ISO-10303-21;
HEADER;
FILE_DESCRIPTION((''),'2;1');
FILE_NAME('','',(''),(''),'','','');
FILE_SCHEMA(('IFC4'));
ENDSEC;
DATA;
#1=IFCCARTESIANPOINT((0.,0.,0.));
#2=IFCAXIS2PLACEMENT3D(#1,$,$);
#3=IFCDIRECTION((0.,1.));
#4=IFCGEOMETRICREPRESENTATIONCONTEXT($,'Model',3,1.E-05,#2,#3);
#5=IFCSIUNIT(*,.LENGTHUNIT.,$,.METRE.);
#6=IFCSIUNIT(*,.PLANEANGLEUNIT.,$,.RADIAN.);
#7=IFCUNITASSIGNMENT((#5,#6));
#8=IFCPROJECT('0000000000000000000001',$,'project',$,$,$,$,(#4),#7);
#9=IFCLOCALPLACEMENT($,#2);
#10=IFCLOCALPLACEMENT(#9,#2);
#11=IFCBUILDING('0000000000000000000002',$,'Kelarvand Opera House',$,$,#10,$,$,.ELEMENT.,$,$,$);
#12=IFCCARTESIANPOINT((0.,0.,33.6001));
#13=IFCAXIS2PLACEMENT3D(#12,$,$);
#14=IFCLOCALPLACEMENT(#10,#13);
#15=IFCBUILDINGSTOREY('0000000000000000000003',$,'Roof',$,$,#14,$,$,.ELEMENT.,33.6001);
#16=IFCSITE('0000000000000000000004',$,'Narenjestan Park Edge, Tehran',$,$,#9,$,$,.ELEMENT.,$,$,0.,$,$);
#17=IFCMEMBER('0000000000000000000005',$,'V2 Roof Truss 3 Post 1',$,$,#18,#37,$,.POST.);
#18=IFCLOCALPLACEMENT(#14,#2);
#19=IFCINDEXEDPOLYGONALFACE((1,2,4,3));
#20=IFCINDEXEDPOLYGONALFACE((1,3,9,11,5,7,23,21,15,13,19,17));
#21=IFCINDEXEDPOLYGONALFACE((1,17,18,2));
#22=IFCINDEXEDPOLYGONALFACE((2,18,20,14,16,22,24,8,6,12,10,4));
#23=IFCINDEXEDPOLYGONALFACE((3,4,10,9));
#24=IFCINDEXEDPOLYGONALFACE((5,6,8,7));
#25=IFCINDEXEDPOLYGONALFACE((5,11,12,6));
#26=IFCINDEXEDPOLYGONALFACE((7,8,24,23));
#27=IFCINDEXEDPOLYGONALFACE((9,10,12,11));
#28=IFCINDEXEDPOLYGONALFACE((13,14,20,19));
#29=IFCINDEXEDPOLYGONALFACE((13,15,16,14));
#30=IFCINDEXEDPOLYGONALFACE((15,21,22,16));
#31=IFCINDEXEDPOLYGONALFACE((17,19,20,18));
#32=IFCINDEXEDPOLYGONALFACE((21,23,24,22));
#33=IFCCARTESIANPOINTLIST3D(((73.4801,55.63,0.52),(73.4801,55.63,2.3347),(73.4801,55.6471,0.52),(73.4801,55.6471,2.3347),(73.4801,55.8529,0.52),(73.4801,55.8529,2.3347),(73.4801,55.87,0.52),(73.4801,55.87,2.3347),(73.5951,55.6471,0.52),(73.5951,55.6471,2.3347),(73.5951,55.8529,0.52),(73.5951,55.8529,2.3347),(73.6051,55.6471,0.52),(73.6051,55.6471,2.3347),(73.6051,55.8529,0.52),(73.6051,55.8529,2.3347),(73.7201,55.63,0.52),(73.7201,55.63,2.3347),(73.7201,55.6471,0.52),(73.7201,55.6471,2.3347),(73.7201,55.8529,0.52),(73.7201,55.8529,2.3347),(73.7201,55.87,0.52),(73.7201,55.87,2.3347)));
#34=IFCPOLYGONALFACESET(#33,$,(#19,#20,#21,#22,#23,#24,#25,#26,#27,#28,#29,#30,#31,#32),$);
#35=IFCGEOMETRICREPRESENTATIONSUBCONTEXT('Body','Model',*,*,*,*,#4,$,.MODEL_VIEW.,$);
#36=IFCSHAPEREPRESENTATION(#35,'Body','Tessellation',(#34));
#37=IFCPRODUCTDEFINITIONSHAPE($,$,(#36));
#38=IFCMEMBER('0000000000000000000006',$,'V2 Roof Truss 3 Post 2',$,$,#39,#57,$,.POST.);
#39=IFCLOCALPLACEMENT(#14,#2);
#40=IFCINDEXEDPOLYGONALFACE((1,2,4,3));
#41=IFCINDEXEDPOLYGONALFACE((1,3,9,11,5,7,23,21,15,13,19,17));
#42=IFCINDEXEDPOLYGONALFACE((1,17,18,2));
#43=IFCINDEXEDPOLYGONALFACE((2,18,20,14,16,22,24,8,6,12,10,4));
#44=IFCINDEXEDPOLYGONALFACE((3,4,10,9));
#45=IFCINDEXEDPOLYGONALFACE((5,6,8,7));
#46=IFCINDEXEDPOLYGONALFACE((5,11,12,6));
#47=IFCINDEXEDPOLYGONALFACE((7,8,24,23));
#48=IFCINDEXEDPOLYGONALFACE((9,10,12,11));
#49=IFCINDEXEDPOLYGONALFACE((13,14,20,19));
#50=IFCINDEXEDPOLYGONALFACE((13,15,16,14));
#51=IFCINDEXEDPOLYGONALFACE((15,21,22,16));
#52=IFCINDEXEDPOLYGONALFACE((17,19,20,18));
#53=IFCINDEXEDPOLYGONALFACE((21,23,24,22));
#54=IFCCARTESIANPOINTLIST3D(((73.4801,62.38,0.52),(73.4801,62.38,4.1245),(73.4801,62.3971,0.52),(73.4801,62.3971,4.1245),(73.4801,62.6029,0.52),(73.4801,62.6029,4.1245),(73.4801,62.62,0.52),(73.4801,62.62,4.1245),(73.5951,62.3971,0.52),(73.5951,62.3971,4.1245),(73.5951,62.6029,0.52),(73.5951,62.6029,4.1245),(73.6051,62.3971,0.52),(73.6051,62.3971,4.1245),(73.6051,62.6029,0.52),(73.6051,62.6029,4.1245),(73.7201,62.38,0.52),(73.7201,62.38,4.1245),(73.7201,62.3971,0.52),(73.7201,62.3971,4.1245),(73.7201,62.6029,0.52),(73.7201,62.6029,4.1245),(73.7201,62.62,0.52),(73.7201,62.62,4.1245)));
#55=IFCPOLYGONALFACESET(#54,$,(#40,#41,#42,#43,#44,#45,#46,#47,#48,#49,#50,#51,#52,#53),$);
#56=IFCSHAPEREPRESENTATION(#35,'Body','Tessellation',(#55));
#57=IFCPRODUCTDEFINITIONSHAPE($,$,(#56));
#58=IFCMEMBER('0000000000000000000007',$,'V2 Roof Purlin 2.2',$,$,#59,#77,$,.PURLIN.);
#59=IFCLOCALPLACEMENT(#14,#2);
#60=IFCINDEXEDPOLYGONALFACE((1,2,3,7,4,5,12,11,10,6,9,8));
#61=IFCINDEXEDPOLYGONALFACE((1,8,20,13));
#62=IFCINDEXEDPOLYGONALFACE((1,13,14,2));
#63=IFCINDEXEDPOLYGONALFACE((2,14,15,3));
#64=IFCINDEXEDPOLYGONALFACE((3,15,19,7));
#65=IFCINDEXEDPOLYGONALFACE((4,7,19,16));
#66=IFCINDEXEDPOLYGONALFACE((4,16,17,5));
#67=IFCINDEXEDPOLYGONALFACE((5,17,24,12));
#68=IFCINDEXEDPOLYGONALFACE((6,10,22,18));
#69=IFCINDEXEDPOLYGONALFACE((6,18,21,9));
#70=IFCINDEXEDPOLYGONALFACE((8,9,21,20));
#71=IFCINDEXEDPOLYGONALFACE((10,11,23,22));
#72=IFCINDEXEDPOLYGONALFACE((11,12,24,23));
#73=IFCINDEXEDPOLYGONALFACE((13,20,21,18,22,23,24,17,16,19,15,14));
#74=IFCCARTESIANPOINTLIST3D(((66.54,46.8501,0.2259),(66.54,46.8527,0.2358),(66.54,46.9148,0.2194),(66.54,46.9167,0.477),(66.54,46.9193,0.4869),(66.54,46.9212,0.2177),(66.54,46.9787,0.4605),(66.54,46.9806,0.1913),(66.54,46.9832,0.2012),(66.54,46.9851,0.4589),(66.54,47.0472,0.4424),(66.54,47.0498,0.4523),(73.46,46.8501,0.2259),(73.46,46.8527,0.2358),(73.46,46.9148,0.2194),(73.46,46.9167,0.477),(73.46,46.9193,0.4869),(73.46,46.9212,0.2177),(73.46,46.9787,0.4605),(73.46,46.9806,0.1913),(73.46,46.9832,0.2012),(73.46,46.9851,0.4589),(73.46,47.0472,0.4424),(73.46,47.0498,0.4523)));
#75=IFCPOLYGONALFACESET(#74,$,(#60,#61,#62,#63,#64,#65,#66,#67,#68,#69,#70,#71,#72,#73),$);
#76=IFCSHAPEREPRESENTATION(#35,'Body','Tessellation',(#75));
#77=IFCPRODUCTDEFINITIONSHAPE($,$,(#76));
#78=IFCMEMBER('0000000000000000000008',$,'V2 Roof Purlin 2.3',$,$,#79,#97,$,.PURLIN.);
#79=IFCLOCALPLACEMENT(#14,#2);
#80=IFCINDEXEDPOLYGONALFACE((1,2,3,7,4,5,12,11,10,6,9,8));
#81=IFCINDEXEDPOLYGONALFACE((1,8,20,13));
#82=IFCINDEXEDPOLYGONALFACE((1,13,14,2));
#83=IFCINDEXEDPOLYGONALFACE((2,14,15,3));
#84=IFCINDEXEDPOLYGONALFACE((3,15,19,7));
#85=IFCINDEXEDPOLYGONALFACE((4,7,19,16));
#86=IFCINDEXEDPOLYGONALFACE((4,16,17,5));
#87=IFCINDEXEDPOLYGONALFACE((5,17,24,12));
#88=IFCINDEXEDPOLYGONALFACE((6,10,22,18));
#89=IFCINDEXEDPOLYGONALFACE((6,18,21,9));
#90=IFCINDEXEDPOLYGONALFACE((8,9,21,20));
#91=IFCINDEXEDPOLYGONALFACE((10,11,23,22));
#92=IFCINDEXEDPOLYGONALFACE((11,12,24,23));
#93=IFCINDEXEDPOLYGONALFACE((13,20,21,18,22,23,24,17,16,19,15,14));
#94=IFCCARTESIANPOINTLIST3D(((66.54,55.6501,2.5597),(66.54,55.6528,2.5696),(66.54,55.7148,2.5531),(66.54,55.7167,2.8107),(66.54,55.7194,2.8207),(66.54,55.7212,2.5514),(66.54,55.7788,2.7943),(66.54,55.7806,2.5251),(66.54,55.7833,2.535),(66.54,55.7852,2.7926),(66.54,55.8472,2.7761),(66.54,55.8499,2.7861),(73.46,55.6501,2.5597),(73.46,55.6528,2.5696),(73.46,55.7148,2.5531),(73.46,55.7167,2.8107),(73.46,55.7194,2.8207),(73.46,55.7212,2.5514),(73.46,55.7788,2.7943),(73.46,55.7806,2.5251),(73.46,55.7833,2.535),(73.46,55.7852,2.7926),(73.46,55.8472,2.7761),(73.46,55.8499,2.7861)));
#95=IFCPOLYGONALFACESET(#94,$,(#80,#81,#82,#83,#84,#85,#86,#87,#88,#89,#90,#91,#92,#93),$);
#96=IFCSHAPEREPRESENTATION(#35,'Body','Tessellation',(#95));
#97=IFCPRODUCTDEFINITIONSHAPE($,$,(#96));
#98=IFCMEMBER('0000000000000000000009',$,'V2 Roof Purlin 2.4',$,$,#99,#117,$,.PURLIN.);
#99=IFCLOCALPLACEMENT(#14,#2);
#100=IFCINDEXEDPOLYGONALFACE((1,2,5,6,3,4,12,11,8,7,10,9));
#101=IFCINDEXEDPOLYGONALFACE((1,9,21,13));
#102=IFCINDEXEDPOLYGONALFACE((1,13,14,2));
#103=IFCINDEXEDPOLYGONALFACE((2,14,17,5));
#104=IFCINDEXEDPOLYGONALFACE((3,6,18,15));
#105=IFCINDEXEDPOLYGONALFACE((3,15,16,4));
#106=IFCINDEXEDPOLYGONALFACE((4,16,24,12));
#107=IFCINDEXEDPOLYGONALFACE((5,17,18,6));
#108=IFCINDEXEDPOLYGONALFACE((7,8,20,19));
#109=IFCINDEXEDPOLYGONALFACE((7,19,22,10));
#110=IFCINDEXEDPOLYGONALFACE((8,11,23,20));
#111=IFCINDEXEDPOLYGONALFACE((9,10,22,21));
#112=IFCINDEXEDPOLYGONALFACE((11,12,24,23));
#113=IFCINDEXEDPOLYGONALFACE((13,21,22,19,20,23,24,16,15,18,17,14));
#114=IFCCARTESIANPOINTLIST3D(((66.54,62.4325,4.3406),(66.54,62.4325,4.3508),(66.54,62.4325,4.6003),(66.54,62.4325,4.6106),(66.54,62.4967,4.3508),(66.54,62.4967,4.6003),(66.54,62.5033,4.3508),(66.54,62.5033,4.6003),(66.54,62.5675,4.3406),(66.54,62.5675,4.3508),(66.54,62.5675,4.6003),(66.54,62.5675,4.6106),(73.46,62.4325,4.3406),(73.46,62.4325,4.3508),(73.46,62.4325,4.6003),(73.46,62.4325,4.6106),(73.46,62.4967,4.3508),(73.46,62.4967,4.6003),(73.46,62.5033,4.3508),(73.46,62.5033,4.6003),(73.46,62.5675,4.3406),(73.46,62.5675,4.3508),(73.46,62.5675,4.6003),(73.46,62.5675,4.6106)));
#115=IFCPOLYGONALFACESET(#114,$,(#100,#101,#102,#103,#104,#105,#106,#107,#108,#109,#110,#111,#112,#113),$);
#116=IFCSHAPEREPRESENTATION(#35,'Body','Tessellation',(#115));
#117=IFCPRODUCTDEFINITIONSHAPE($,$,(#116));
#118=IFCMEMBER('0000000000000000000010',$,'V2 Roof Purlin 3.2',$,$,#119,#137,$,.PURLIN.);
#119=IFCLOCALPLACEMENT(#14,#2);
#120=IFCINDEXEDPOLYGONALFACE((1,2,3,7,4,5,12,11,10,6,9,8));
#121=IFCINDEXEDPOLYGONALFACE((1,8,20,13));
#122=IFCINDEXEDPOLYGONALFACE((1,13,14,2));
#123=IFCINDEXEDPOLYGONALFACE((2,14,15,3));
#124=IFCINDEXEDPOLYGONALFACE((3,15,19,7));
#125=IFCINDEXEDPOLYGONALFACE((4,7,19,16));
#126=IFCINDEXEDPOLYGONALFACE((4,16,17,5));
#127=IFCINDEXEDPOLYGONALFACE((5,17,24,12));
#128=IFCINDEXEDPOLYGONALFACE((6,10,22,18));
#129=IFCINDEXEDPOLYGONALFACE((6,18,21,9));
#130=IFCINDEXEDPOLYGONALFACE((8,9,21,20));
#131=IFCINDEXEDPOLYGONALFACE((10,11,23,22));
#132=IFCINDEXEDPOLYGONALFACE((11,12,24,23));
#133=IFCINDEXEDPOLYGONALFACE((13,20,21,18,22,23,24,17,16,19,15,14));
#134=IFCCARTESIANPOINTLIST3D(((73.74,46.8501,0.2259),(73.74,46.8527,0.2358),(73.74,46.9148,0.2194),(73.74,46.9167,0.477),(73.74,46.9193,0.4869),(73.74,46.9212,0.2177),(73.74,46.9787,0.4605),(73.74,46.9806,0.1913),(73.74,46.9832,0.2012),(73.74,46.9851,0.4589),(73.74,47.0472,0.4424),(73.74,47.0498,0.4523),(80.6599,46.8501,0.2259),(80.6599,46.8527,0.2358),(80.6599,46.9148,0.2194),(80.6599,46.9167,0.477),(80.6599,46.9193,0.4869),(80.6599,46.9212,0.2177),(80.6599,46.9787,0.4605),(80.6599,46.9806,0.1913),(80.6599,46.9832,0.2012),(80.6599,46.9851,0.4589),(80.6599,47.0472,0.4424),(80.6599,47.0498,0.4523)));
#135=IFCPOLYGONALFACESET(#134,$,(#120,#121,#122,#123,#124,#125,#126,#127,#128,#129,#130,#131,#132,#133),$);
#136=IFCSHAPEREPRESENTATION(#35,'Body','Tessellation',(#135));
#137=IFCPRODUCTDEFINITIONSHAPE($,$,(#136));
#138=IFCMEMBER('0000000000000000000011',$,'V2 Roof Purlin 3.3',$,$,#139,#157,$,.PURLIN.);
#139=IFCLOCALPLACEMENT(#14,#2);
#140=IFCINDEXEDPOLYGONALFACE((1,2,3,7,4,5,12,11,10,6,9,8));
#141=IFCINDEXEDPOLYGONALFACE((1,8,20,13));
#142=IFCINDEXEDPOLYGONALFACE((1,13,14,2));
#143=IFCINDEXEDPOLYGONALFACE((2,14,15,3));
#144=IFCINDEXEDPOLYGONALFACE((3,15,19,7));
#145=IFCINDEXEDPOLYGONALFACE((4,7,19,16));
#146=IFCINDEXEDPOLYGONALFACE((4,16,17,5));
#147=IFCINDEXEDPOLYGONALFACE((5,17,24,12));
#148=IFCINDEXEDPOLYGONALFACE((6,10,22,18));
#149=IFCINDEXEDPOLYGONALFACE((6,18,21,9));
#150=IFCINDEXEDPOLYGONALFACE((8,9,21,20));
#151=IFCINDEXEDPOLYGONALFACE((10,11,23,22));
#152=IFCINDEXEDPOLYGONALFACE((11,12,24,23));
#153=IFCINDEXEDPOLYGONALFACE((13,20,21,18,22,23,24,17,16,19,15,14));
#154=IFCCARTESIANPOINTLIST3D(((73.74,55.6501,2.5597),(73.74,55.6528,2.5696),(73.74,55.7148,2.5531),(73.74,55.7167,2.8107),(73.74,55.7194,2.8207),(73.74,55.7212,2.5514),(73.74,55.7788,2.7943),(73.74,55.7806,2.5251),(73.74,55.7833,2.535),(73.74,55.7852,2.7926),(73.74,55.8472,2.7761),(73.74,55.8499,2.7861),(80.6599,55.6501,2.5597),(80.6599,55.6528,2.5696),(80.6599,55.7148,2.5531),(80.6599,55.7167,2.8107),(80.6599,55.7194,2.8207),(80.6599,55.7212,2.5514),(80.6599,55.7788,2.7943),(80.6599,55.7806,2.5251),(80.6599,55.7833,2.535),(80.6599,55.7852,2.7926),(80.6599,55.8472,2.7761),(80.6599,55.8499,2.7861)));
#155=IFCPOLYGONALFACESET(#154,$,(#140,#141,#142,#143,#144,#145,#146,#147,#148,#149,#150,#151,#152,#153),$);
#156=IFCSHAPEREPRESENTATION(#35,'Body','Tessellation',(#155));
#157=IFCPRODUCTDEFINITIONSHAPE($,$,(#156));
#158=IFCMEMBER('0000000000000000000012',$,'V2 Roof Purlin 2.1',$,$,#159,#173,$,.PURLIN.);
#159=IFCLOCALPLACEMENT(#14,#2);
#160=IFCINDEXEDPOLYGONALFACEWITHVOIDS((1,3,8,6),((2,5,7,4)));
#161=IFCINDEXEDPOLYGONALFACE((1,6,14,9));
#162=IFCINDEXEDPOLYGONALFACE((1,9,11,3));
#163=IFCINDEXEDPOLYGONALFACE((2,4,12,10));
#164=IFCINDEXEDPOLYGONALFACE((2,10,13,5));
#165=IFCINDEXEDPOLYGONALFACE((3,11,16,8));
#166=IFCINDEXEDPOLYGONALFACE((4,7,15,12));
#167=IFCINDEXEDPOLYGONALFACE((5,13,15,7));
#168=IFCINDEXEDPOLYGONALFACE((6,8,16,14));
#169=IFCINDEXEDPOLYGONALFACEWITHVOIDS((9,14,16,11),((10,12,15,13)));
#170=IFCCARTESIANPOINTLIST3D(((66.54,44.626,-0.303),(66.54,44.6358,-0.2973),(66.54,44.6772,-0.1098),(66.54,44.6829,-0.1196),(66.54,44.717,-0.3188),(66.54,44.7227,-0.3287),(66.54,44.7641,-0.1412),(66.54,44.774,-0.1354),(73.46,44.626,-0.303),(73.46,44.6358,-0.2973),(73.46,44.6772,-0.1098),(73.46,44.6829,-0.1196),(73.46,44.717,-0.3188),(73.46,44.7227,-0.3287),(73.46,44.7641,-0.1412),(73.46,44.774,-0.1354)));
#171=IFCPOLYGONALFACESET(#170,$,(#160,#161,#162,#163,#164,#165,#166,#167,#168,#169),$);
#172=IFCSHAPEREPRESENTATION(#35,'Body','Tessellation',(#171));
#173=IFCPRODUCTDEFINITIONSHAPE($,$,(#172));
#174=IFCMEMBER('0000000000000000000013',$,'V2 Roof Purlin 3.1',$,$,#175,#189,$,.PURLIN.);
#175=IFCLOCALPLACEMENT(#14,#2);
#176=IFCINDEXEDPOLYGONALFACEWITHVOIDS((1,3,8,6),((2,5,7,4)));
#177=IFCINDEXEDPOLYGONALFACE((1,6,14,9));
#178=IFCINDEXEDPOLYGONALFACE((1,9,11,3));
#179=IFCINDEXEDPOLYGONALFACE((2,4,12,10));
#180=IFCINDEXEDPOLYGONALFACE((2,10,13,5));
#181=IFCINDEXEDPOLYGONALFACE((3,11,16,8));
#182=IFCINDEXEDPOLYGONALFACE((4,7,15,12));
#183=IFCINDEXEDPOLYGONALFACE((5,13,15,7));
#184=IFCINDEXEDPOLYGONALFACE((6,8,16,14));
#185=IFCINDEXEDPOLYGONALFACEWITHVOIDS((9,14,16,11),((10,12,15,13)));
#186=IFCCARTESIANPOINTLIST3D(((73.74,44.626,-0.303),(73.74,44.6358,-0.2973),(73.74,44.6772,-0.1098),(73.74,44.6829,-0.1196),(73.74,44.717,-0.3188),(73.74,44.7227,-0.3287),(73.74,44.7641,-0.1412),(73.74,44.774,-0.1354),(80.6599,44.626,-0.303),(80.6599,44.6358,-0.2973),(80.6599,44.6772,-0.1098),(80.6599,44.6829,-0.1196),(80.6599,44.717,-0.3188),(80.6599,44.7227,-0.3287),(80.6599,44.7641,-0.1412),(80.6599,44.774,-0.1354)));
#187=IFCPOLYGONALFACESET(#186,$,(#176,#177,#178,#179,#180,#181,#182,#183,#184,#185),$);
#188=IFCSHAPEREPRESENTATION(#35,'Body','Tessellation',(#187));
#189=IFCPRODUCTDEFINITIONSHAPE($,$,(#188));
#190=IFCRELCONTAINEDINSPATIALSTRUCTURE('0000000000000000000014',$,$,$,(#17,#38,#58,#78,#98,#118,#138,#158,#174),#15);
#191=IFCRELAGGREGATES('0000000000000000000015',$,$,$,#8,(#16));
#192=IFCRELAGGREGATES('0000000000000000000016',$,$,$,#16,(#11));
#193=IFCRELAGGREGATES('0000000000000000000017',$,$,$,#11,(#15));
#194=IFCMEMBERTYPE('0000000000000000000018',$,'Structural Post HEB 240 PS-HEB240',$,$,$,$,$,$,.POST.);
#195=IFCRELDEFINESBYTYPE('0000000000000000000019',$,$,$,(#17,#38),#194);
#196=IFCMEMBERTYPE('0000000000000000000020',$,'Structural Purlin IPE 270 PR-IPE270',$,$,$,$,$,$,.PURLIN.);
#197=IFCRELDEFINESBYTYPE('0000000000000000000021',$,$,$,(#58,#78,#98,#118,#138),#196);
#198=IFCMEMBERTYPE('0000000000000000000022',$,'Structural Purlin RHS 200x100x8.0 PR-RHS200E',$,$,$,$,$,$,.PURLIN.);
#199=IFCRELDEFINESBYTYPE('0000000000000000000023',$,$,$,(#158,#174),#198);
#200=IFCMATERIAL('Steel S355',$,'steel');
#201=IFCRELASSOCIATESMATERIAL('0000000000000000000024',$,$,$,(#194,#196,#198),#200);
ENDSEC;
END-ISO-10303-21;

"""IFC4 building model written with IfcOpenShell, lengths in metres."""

from ifc_helpers import new_model, si_unit, direction, frame, origin, origin_2d, place, context, subcontext, project, spatial, hollow_rectangle, i_section, extrude, material, material_profile, profile_set, type_object, element, save


model = new_model("IFC4")

# Units and contexts
model_context = context("Model", 3, precision=1e-05, world=origin(), true_north=direction((0.0, 1.0)))
body_context = subcontext(model_context, "Body", "Model", "MODEL_VIEW")
ifc_project = project(units=[si_unit("LENGTHUNIT", "METRE"), si_unit("PLANEANGLEUNIT", "RADIAN")], contexts=[model_context])

# Site, building, storey
site_placement = place(None, origin())
site = spatial("IfcSite", under=ifc_project, at=site_placement, Name="Narenjestan Park Edge, Tehran", CompositionType="ELEMENT", RefElevation=0.0)
building_placement = place(site_placement, origin())
building = spatial("IfcBuilding", under=site, at=building_placement, Name="Kelarvand Opera House", CompositionType="ELEMENT")
storey_placement = place(building_placement, frame((0.0, 0.0, 33.6001)))
storey = spatial("IfcBuildingStorey", under=building, at=storey_placement, Name="Roof", CompositionType="ELEMENT", Elevation=33.6001)

# Members
ifc_material = material(Name="Steel S355", Category="steel")
ifc_material_profile_1 = material_profile(ifc_material, i_section(OverallWidth=0.24, OverallDepth=0.24, WebThickness=0.01, FlangeThickness=0.0171, at=origin_2d()), Name="HEB 240", Category="steel")
ifc_profile_set_1 = profile_set([ifc_material_profile_1], Name="Steel S355")
member_type_1 = type_object("IfcMemberType", Name="Structural Post HEB 240 PS-HEB240", PredefinedType="POST", material=ifc_profile_set_1)
member_1_placement = place(storey_placement, frame((73.6001, 55.75, 0.52), z_axis=(0.0, 0.0, 1.0), x_axis=(1.0, 0.0, 0.0)))
element("IfcMember", 1, at=member_1_placement, inside=storey, type_object=member_type_1, Name="V2 Roof Truss 3 Post 1", PredefinedType="POST", context=body_context, shape_type="SweptSolid", body=[
    extrude(i_section(OverallWidth=0.24, OverallDepth=0.24, WebThickness=0.01, FlangeThickness=0.0171, at=origin_2d()), origin(), (0.0, 0.0, 1.0), 1.8147),
])
member_2_placement = place(storey_placement, frame((73.6001, 62.5, 0.52), z_axis=(0.0, 0.0, 1.0), x_axis=(1.0, 0.0, 0.0)))
element("IfcMember", 2, at=member_2_placement, inside=storey, type_object=member_type_1, Name="V2 Roof Truss 3 Post 2", PredefinedType="POST", context=body_context, shape_type="SweptSolid", body=[
    extrude(i_section(OverallWidth=0.24, OverallDepth=0.24, WebThickness=0.01, FlangeThickness=0.0171, at=origin_2d()), origin(), (0.0, 0.0, 1.0), 3.6045),
])
ifc_material_profile_2 = material_profile(ifc_material, i_section(OverallWidth=0.135, OverallDepth=0.27, WebThickness=0.0066, FlangeThickness=0.0103, at=origin_2d()), Name="IPE 270", Category="steel")
ifc_profile_set_2 = profile_set([ifc_material_profile_2], Name="Steel S355")
member_type_2 = type_object("IfcMemberType", Name="Structural Purlin IPE 270 PR-IPE270", PredefinedType="PURLIN", material=ifc_profile_set_2)
for number, where, z_axis, x_axis, name in (
    (3, (66.54, 46.95, 0.3391), (1.0, 0.0, 0.0), (0.0, 0.9666, -0.256289), "V2 Roof Purlin 2.2"),
    (4, (66.54, 55.75, 2.6729), (1.0, 0.0, 0.0), (0.0, 0.9666, -0.256289), "V2 Roof Purlin 2.3"),
    (5, (66.54, 62.5, 4.4756), (1.0, 0.0, 0.0), (0.0, 1.0, 0.0), "V2 Roof Purlin 2.4"),
    (6, (73.74, 46.95, 0.3391), (1.0, 0.0, 0.0), (0.0, 0.9666, -0.256289), "V2 Roof Purlin 3.2"),
    (7, (73.74, 55.75, 2.6729), (1.0, 0.0, 0.0), (0.0, 0.9666, -0.256289), "V2 Roof Purlin 3.3"),
):
    element("IfcMember", number, at=place(storey_placement, frame(where, z_axis=z_axis, x_axis=x_axis)), inside=storey, type_object=member_type_2, Name=name, PredefinedType="PURLIN", context=body_context, shape_type="SweptSolid", body=[
        extrude(i_section(OverallWidth=0.135, OverallDepth=0.27, WebThickness=0.0066, FlangeThickness=0.0103, at=origin_2d()), origin(), (0.0, 0.0, 1.0), 6.9199),
    ])
ifc_material_profile_3 = material_profile(ifc_material, hollow_rectangle(XDim=0.1001, YDim=0.2, WallThickness=0.0081, at=origin_2d()), Name="RHS 200x100x8.0", Category="steel")
ifc_profile_set_3 = profile_set([ifc_material_profile_3], Name="Steel S355")
member_type_3 = type_object("IfcMemberType", Name="Structural Purlin RHS 200x100x8.0 PR-RHS200E", PredefinedType="PURLIN", material=ifc_profile_set_3)
for number, where, z_axis, x_axis, name in (
    (8, (66.54, 44.7, -0.2192), (1.0, 0.0, 0.0), (0.0, 0.9666, -0.256289), "V2 Roof Purlin 2.1"),
    (9, (73.74, 44.7, -0.2192), (1.0, 0.0, 0.0), (0.0, 0.9666, -0.256289), "V2 Roof Purlin 3.1"),
):
    element("IfcMember", number, at=place(storey_placement, frame(where, z_axis=z_axis, x_axis=x_axis)), inside=storey, type_object=member_type_3, Name=name, PredefinedType="PURLIN", context=body_context, shape_type="SweptSolid", body=[
        extrude(hollow_rectangle(XDim=0.1001, YDim=0.2, WallThickness=0.0081, at=origin_2d()), origin(), (0.0, 0.0, 1.0), 6.9199),
    ])

save(model, "model.ifc")
